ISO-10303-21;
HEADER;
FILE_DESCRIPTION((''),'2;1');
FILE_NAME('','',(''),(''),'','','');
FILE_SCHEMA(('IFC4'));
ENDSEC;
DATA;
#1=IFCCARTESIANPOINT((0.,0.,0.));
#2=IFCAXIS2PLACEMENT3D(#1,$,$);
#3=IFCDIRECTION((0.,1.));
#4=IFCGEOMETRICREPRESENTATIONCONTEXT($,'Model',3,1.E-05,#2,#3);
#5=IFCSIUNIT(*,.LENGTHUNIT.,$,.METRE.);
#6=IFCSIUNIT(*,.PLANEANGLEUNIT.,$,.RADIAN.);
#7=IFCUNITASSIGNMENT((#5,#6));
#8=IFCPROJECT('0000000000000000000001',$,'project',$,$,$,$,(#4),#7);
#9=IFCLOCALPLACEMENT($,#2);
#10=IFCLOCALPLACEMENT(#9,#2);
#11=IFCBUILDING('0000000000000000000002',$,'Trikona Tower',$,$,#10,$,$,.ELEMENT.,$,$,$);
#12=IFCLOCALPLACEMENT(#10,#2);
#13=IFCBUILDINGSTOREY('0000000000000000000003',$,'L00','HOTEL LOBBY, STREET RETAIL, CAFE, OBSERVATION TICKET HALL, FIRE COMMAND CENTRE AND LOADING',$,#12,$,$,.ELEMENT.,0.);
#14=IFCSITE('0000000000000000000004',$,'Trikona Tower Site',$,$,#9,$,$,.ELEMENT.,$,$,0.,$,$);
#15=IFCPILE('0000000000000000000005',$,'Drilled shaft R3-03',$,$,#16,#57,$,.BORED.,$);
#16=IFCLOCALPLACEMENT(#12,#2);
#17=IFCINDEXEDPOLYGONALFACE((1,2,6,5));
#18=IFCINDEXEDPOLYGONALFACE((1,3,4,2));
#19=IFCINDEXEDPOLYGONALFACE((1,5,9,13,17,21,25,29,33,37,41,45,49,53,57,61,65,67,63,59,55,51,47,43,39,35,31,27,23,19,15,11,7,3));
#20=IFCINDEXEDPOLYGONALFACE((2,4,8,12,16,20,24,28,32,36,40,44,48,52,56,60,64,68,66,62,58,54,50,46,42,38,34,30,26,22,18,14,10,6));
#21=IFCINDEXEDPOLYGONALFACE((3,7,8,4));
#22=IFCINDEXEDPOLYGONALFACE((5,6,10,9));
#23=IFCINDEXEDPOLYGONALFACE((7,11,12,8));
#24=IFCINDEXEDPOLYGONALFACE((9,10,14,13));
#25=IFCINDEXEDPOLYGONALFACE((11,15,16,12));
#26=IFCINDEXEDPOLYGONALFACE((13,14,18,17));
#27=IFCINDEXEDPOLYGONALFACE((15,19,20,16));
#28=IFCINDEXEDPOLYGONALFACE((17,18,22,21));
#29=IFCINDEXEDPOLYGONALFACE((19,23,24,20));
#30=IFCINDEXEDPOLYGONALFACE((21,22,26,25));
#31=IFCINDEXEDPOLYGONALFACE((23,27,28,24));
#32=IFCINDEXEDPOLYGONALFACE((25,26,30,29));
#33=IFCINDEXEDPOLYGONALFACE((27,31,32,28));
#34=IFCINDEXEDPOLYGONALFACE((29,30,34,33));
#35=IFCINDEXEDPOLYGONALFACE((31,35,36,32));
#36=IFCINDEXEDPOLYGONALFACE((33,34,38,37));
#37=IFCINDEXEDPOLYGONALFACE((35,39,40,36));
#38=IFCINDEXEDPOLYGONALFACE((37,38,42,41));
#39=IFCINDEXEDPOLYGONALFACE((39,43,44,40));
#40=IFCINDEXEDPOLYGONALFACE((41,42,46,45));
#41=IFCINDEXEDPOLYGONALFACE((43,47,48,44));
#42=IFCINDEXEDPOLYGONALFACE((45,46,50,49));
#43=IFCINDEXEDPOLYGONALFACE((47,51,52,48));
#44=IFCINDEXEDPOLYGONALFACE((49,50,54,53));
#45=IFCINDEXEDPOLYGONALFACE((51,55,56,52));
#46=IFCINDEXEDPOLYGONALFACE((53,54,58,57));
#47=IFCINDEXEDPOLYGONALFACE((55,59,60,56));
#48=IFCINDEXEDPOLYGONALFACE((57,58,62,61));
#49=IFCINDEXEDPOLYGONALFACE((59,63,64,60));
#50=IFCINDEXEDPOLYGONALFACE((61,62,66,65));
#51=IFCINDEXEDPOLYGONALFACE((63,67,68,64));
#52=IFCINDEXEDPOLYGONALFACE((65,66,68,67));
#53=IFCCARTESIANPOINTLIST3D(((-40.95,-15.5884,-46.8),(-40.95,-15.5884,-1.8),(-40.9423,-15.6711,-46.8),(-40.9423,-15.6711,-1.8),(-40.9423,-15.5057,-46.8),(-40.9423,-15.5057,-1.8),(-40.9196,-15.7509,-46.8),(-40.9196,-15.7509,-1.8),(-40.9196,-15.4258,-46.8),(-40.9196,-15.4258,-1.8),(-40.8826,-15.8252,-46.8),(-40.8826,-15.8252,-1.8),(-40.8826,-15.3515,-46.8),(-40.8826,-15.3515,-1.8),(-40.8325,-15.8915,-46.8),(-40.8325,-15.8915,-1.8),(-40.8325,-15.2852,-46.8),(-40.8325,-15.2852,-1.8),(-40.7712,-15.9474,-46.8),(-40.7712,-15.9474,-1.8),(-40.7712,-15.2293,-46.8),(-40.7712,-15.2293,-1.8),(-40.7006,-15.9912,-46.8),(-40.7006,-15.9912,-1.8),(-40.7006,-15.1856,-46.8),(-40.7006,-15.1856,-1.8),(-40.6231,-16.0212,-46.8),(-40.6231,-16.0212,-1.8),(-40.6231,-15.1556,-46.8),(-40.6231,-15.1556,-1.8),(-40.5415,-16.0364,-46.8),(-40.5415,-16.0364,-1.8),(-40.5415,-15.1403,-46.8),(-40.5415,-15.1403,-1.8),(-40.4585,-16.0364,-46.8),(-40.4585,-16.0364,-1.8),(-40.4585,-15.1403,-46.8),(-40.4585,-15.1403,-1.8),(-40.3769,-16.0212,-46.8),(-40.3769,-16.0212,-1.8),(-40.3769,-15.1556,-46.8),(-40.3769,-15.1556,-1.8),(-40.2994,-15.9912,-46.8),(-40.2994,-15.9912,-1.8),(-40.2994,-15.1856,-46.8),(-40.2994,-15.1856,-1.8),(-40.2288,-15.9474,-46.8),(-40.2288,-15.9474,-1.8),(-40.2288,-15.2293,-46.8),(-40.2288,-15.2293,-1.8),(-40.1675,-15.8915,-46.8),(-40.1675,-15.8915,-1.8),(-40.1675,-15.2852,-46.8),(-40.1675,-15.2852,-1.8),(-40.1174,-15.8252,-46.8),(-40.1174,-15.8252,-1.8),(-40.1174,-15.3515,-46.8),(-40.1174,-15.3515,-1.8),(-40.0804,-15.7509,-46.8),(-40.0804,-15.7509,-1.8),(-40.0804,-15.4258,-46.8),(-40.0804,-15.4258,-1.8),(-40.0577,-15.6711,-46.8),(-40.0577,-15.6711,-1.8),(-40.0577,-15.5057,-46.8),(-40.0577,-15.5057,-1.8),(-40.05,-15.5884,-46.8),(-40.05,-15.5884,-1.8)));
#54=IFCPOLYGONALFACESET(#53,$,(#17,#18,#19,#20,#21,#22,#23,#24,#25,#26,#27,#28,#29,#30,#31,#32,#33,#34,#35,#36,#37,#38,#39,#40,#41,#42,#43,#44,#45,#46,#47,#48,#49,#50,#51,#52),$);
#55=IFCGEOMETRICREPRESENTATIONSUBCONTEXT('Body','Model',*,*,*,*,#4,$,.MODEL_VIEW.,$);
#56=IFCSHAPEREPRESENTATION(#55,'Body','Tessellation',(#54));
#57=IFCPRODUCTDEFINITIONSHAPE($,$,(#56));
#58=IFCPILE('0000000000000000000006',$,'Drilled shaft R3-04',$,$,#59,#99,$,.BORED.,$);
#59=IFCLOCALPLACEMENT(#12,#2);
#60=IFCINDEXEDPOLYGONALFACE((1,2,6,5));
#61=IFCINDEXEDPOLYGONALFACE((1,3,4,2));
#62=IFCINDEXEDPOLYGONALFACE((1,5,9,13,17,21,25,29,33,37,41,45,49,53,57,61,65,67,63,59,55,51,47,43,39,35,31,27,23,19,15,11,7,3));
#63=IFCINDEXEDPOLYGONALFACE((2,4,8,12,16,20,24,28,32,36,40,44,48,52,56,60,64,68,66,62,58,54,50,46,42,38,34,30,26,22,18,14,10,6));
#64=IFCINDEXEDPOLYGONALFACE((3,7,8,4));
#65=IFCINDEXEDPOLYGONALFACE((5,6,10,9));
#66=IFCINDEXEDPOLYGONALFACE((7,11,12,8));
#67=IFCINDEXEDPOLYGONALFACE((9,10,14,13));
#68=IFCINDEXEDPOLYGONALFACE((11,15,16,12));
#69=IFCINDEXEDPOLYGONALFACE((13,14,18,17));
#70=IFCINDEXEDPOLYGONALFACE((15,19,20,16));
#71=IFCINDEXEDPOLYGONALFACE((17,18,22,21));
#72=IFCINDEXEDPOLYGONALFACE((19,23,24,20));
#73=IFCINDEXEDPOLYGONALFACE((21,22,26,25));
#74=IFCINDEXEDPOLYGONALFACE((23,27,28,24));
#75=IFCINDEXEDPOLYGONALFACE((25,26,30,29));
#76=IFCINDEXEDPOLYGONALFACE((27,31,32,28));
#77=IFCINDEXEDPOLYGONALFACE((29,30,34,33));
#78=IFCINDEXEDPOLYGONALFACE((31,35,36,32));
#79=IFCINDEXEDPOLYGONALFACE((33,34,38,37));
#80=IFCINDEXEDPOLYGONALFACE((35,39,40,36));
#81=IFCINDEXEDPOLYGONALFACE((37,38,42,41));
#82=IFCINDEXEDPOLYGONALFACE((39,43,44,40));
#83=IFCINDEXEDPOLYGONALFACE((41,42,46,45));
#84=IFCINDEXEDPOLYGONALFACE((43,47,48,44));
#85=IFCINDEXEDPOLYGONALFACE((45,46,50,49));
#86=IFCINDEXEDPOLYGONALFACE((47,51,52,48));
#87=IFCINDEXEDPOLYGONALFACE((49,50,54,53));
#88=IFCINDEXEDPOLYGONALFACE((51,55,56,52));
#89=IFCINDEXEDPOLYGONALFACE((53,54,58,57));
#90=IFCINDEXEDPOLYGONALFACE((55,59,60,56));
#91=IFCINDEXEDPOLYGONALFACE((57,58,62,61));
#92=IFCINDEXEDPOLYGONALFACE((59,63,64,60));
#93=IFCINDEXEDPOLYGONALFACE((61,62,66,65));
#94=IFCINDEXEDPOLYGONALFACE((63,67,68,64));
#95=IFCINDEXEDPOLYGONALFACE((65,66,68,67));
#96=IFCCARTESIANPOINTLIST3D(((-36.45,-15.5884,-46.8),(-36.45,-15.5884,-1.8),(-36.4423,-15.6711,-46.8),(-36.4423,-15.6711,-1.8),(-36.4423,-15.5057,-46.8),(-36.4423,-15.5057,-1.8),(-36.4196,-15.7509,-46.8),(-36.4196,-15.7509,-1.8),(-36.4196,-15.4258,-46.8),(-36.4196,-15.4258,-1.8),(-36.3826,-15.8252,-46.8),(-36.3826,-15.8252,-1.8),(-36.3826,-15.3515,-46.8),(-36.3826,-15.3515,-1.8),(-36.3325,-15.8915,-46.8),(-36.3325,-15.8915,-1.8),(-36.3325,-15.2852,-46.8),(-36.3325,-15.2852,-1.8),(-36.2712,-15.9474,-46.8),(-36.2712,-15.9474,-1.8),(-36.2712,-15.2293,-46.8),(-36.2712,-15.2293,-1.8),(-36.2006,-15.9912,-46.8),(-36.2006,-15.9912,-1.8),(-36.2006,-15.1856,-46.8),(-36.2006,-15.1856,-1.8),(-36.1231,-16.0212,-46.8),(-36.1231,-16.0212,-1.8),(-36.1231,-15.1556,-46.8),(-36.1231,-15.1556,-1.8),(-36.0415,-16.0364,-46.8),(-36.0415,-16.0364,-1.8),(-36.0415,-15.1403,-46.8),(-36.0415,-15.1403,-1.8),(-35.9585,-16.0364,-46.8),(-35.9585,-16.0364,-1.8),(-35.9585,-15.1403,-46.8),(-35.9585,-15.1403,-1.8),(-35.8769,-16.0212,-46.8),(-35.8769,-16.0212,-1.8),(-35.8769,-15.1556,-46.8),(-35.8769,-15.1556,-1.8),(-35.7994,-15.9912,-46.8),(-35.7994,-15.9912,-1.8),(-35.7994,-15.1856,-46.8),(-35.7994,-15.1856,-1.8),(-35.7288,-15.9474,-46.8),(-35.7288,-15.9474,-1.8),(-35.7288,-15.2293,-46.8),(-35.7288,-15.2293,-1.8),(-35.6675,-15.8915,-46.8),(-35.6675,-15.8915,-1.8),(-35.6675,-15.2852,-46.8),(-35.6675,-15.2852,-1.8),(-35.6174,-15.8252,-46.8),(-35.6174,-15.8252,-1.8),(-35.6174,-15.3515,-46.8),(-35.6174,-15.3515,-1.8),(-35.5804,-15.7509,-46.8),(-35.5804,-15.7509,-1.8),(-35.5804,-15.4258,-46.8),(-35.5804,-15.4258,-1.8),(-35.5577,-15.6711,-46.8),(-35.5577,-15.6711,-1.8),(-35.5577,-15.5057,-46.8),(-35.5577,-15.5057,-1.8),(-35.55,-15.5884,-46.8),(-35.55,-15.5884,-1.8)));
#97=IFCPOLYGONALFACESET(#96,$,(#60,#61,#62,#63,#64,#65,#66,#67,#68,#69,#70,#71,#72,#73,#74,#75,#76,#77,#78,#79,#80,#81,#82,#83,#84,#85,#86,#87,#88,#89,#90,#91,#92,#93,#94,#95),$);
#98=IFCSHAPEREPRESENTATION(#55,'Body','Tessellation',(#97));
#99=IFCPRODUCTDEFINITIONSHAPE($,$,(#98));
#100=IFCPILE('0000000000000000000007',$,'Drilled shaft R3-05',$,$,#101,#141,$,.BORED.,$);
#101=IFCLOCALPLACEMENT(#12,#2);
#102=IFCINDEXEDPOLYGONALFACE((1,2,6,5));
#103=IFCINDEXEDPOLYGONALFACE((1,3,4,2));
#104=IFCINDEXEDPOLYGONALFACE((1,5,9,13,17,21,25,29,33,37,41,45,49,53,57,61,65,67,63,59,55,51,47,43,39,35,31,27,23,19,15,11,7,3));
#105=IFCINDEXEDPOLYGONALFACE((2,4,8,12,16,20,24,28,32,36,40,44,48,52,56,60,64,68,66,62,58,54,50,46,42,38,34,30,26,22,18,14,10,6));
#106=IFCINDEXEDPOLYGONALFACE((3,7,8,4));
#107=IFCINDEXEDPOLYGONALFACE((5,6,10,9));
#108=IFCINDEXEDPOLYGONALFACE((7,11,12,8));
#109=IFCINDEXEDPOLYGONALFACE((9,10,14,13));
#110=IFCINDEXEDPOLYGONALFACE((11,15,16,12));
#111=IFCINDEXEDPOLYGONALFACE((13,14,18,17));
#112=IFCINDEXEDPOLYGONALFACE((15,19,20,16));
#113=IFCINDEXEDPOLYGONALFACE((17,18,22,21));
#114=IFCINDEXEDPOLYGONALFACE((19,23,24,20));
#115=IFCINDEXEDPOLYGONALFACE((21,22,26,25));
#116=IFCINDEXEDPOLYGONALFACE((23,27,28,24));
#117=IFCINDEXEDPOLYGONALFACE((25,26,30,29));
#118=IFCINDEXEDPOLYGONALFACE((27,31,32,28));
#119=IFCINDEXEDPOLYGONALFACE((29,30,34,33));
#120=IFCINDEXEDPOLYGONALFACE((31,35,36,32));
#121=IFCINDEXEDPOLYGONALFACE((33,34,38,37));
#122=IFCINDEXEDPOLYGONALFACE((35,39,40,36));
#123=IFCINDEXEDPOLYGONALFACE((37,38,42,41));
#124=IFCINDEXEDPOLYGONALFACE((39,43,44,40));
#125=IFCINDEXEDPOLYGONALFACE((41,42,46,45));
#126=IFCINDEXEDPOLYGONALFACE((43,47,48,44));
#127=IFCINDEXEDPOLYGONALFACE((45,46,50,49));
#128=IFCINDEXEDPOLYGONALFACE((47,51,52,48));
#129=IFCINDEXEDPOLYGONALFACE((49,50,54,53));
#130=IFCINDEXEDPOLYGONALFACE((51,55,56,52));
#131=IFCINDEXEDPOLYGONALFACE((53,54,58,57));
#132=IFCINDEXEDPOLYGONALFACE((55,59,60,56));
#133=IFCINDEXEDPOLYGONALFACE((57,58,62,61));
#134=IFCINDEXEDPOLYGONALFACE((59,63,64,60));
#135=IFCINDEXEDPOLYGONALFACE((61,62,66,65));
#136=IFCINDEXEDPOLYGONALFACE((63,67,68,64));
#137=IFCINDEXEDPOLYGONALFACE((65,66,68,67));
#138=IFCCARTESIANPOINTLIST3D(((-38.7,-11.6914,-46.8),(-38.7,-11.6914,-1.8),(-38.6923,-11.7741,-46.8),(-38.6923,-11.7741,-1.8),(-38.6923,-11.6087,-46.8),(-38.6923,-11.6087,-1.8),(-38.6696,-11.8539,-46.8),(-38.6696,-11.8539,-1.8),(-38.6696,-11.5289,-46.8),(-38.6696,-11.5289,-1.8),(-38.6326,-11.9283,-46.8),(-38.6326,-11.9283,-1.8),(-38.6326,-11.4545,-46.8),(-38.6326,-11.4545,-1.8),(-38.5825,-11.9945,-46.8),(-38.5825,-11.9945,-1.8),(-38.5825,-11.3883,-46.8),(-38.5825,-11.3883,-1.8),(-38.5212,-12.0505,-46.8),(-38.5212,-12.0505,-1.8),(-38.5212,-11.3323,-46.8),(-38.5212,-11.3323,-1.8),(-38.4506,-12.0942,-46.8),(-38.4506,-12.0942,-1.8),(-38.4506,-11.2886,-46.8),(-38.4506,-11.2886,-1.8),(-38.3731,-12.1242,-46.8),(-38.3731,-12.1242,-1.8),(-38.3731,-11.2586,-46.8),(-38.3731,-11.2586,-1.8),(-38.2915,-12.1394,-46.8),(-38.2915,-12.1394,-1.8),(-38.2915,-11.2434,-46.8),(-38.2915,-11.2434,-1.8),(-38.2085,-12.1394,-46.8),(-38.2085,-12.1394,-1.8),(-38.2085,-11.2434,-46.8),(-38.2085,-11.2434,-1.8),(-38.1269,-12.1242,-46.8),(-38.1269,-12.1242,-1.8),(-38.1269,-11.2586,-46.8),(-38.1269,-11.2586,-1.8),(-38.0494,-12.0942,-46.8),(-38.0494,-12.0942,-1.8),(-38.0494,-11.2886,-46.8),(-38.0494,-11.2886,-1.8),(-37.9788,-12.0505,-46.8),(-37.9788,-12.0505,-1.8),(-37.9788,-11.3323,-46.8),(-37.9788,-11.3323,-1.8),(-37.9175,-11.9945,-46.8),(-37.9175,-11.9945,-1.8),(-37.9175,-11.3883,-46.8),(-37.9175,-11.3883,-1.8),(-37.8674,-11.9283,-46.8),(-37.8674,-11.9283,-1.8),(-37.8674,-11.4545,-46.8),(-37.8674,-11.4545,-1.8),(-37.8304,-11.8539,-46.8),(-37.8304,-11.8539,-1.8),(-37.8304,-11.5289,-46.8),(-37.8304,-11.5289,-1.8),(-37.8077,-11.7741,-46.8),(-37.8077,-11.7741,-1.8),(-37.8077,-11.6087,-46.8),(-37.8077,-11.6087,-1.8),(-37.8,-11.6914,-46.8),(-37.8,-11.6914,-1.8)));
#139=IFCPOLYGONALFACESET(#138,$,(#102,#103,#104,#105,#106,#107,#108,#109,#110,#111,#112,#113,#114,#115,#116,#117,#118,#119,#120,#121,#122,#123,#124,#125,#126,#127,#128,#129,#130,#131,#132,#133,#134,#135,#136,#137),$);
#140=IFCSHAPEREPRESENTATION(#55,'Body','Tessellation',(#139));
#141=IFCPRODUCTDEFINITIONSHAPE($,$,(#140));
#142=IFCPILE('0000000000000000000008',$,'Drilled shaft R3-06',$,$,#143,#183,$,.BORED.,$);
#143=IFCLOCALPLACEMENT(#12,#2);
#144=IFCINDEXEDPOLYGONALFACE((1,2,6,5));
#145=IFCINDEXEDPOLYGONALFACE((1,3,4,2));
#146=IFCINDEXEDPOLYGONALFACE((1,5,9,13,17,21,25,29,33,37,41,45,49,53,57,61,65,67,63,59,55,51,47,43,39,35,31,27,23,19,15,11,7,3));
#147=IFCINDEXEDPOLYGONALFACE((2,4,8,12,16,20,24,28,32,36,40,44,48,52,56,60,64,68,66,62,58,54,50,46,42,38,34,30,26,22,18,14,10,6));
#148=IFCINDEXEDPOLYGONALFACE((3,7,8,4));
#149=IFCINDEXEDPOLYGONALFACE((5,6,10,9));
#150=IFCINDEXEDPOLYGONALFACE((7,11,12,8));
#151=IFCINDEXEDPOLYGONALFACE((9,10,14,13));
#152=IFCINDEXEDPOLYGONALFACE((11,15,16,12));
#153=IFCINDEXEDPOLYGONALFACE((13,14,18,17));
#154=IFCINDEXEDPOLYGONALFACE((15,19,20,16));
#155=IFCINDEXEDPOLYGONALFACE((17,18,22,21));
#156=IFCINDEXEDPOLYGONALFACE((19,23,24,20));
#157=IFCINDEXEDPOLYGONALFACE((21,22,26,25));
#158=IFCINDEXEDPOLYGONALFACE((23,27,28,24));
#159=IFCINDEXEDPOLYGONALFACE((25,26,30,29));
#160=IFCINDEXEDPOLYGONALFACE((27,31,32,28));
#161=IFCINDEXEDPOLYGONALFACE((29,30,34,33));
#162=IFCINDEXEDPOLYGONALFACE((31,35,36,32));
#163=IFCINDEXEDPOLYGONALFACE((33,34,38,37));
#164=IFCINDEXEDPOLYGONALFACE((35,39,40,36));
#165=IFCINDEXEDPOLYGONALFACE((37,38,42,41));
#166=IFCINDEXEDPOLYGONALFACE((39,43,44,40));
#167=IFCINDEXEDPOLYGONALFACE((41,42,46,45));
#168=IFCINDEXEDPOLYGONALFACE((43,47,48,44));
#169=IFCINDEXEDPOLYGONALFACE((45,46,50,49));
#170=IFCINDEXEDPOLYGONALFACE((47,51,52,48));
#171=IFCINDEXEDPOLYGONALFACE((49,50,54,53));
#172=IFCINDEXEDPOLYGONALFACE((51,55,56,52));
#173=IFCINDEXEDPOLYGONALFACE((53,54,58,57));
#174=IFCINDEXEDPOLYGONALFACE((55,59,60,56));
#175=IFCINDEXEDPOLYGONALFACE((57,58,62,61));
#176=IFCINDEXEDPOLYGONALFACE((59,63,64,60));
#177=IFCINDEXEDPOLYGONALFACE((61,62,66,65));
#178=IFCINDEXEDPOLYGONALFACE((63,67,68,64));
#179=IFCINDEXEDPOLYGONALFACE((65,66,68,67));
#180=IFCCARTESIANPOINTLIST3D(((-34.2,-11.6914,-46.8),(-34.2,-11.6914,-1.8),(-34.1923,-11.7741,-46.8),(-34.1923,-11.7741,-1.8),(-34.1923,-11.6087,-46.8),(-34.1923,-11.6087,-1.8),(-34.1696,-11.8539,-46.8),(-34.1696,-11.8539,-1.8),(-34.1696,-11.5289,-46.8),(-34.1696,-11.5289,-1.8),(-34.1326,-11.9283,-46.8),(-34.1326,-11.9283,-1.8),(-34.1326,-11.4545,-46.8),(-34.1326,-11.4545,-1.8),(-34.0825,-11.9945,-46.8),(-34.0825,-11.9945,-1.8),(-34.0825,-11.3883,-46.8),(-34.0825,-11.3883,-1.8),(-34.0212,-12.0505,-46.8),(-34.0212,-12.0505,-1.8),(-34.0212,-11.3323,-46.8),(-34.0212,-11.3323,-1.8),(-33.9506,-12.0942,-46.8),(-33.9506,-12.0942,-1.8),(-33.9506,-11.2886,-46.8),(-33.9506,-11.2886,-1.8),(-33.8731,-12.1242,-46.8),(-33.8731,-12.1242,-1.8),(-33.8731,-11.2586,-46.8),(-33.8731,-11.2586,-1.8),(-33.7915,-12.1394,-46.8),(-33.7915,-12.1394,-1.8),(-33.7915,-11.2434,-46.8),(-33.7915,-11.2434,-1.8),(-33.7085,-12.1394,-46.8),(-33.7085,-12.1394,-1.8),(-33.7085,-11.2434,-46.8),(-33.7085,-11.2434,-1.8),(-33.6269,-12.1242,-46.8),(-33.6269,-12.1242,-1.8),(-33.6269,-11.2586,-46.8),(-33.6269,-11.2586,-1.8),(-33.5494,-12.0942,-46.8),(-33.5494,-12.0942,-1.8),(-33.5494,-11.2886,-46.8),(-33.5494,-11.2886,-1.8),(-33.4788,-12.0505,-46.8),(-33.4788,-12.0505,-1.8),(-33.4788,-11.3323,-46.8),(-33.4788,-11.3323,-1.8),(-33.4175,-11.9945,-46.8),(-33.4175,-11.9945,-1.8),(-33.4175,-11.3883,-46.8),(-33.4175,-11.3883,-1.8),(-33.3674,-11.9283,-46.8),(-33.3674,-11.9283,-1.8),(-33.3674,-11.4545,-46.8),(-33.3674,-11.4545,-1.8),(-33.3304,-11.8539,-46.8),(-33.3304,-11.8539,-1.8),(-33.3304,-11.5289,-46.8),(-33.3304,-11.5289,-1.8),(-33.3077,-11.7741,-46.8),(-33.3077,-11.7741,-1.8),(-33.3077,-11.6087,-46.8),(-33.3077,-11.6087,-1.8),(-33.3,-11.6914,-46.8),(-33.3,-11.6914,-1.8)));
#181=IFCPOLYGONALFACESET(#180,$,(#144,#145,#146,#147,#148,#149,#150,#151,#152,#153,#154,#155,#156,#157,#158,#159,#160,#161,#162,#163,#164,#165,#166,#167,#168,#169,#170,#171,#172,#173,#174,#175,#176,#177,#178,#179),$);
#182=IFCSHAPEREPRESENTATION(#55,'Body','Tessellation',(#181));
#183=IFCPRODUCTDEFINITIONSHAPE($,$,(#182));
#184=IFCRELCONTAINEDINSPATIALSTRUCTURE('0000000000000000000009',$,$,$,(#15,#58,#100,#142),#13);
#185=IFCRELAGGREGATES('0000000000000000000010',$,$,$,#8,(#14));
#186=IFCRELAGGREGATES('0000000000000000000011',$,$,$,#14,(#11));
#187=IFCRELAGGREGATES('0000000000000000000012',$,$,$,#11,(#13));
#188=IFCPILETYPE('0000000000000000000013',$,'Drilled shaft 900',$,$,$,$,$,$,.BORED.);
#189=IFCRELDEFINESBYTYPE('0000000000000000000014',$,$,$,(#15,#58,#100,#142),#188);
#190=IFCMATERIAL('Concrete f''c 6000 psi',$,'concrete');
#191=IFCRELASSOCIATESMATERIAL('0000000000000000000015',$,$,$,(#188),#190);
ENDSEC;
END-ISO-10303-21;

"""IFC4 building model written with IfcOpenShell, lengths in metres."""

from ifc_helpers import new_model, si_unit, direction, frame, origin, origin_2d, place, context, subcontext, project, spatial, circle, extrude, material, type_object, element, save


model = new_model("IFC4")

# Units and contexts
model_context = context("Model", 3, precision=1e-05, world=origin(), true_north=direction((0.0, 1.0)))
body_context = subcontext(model_context, "Body", "Model", "MODEL_VIEW")
ifc_project = project(units=[si_unit("LENGTHUNIT", "METRE"), si_unit("PLANEANGLEUNIT", "RADIAN")], contexts=[model_context])

# Site, building, storey
site_placement = place(None, origin())
site = spatial("IfcSite", under=ifc_project, at=site_placement, Name="Trikona Tower Site", CompositionType="ELEMENT", RefElevation=0.0)
building_placement = place(site_placement, origin())
building = spatial("IfcBuilding", under=site, at=building_placement, Name="Trikona Tower", CompositionType="ELEMENT")
storey_placement = place(building_placement, origin())
storey = spatial("IfcBuildingStorey", under=building, at=storey_placement, Name="L00", Description="HOTEL LOBBY, STREET RETAIL, CAFE, OBSERVATION TICKET HALL, FIRE COMMAND CENTRE AND LOADING", CompositionType="ELEMENT", Elevation=0.0)

# Piles
ifc_material_1 = material(Name="Concrete f'c 6000 psi", Category="concrete")
pile_type = type_object("IfcPileType", Name="Drilled shaft 900", PredefinedType="BORED", material=ifc_material_1)
for number, where, z_axis, x_axis, name in (
    (1, (-40.5, -15.5884, -1.8), (0.0, 0.0, -1.0), (1.0, 0.0, 0.0), "Drilled shaft R3-03"),
    (2, (-36.0, -15.5884, -1.8), (0.0, 0.0, -1.0), (1.0, 0.0, 0.0), "Drilled shaft R3-04"),
    (3, (-38.25, -11.6914, -1.8), (0.0, 0.0, -1.0), (1.0, 0.0, 0.0), "Drilled shaft R3-05"),
    (4, (-33.75, -11.6914, -1.8), (0.0, 0.0, -1.0), (1.0, 0.0, 0.0), "Drilled shaft R3-06"),
):
    element("IfcPile", number, at=place(storey_placement, frame(where, z_axis=z_axis, x_axis=x_axis)), inside=storey, type_object=pile_type, Name=name, PredefinedType="BORED", context=body_context, shape_type="SweptSolid", body=[
        extrude(circle(Radius=0.45, at=origin_2d()), origin(), (0.0, 0.0, 1.0), 45.0),
    ])

save(model, "model.ifc")
